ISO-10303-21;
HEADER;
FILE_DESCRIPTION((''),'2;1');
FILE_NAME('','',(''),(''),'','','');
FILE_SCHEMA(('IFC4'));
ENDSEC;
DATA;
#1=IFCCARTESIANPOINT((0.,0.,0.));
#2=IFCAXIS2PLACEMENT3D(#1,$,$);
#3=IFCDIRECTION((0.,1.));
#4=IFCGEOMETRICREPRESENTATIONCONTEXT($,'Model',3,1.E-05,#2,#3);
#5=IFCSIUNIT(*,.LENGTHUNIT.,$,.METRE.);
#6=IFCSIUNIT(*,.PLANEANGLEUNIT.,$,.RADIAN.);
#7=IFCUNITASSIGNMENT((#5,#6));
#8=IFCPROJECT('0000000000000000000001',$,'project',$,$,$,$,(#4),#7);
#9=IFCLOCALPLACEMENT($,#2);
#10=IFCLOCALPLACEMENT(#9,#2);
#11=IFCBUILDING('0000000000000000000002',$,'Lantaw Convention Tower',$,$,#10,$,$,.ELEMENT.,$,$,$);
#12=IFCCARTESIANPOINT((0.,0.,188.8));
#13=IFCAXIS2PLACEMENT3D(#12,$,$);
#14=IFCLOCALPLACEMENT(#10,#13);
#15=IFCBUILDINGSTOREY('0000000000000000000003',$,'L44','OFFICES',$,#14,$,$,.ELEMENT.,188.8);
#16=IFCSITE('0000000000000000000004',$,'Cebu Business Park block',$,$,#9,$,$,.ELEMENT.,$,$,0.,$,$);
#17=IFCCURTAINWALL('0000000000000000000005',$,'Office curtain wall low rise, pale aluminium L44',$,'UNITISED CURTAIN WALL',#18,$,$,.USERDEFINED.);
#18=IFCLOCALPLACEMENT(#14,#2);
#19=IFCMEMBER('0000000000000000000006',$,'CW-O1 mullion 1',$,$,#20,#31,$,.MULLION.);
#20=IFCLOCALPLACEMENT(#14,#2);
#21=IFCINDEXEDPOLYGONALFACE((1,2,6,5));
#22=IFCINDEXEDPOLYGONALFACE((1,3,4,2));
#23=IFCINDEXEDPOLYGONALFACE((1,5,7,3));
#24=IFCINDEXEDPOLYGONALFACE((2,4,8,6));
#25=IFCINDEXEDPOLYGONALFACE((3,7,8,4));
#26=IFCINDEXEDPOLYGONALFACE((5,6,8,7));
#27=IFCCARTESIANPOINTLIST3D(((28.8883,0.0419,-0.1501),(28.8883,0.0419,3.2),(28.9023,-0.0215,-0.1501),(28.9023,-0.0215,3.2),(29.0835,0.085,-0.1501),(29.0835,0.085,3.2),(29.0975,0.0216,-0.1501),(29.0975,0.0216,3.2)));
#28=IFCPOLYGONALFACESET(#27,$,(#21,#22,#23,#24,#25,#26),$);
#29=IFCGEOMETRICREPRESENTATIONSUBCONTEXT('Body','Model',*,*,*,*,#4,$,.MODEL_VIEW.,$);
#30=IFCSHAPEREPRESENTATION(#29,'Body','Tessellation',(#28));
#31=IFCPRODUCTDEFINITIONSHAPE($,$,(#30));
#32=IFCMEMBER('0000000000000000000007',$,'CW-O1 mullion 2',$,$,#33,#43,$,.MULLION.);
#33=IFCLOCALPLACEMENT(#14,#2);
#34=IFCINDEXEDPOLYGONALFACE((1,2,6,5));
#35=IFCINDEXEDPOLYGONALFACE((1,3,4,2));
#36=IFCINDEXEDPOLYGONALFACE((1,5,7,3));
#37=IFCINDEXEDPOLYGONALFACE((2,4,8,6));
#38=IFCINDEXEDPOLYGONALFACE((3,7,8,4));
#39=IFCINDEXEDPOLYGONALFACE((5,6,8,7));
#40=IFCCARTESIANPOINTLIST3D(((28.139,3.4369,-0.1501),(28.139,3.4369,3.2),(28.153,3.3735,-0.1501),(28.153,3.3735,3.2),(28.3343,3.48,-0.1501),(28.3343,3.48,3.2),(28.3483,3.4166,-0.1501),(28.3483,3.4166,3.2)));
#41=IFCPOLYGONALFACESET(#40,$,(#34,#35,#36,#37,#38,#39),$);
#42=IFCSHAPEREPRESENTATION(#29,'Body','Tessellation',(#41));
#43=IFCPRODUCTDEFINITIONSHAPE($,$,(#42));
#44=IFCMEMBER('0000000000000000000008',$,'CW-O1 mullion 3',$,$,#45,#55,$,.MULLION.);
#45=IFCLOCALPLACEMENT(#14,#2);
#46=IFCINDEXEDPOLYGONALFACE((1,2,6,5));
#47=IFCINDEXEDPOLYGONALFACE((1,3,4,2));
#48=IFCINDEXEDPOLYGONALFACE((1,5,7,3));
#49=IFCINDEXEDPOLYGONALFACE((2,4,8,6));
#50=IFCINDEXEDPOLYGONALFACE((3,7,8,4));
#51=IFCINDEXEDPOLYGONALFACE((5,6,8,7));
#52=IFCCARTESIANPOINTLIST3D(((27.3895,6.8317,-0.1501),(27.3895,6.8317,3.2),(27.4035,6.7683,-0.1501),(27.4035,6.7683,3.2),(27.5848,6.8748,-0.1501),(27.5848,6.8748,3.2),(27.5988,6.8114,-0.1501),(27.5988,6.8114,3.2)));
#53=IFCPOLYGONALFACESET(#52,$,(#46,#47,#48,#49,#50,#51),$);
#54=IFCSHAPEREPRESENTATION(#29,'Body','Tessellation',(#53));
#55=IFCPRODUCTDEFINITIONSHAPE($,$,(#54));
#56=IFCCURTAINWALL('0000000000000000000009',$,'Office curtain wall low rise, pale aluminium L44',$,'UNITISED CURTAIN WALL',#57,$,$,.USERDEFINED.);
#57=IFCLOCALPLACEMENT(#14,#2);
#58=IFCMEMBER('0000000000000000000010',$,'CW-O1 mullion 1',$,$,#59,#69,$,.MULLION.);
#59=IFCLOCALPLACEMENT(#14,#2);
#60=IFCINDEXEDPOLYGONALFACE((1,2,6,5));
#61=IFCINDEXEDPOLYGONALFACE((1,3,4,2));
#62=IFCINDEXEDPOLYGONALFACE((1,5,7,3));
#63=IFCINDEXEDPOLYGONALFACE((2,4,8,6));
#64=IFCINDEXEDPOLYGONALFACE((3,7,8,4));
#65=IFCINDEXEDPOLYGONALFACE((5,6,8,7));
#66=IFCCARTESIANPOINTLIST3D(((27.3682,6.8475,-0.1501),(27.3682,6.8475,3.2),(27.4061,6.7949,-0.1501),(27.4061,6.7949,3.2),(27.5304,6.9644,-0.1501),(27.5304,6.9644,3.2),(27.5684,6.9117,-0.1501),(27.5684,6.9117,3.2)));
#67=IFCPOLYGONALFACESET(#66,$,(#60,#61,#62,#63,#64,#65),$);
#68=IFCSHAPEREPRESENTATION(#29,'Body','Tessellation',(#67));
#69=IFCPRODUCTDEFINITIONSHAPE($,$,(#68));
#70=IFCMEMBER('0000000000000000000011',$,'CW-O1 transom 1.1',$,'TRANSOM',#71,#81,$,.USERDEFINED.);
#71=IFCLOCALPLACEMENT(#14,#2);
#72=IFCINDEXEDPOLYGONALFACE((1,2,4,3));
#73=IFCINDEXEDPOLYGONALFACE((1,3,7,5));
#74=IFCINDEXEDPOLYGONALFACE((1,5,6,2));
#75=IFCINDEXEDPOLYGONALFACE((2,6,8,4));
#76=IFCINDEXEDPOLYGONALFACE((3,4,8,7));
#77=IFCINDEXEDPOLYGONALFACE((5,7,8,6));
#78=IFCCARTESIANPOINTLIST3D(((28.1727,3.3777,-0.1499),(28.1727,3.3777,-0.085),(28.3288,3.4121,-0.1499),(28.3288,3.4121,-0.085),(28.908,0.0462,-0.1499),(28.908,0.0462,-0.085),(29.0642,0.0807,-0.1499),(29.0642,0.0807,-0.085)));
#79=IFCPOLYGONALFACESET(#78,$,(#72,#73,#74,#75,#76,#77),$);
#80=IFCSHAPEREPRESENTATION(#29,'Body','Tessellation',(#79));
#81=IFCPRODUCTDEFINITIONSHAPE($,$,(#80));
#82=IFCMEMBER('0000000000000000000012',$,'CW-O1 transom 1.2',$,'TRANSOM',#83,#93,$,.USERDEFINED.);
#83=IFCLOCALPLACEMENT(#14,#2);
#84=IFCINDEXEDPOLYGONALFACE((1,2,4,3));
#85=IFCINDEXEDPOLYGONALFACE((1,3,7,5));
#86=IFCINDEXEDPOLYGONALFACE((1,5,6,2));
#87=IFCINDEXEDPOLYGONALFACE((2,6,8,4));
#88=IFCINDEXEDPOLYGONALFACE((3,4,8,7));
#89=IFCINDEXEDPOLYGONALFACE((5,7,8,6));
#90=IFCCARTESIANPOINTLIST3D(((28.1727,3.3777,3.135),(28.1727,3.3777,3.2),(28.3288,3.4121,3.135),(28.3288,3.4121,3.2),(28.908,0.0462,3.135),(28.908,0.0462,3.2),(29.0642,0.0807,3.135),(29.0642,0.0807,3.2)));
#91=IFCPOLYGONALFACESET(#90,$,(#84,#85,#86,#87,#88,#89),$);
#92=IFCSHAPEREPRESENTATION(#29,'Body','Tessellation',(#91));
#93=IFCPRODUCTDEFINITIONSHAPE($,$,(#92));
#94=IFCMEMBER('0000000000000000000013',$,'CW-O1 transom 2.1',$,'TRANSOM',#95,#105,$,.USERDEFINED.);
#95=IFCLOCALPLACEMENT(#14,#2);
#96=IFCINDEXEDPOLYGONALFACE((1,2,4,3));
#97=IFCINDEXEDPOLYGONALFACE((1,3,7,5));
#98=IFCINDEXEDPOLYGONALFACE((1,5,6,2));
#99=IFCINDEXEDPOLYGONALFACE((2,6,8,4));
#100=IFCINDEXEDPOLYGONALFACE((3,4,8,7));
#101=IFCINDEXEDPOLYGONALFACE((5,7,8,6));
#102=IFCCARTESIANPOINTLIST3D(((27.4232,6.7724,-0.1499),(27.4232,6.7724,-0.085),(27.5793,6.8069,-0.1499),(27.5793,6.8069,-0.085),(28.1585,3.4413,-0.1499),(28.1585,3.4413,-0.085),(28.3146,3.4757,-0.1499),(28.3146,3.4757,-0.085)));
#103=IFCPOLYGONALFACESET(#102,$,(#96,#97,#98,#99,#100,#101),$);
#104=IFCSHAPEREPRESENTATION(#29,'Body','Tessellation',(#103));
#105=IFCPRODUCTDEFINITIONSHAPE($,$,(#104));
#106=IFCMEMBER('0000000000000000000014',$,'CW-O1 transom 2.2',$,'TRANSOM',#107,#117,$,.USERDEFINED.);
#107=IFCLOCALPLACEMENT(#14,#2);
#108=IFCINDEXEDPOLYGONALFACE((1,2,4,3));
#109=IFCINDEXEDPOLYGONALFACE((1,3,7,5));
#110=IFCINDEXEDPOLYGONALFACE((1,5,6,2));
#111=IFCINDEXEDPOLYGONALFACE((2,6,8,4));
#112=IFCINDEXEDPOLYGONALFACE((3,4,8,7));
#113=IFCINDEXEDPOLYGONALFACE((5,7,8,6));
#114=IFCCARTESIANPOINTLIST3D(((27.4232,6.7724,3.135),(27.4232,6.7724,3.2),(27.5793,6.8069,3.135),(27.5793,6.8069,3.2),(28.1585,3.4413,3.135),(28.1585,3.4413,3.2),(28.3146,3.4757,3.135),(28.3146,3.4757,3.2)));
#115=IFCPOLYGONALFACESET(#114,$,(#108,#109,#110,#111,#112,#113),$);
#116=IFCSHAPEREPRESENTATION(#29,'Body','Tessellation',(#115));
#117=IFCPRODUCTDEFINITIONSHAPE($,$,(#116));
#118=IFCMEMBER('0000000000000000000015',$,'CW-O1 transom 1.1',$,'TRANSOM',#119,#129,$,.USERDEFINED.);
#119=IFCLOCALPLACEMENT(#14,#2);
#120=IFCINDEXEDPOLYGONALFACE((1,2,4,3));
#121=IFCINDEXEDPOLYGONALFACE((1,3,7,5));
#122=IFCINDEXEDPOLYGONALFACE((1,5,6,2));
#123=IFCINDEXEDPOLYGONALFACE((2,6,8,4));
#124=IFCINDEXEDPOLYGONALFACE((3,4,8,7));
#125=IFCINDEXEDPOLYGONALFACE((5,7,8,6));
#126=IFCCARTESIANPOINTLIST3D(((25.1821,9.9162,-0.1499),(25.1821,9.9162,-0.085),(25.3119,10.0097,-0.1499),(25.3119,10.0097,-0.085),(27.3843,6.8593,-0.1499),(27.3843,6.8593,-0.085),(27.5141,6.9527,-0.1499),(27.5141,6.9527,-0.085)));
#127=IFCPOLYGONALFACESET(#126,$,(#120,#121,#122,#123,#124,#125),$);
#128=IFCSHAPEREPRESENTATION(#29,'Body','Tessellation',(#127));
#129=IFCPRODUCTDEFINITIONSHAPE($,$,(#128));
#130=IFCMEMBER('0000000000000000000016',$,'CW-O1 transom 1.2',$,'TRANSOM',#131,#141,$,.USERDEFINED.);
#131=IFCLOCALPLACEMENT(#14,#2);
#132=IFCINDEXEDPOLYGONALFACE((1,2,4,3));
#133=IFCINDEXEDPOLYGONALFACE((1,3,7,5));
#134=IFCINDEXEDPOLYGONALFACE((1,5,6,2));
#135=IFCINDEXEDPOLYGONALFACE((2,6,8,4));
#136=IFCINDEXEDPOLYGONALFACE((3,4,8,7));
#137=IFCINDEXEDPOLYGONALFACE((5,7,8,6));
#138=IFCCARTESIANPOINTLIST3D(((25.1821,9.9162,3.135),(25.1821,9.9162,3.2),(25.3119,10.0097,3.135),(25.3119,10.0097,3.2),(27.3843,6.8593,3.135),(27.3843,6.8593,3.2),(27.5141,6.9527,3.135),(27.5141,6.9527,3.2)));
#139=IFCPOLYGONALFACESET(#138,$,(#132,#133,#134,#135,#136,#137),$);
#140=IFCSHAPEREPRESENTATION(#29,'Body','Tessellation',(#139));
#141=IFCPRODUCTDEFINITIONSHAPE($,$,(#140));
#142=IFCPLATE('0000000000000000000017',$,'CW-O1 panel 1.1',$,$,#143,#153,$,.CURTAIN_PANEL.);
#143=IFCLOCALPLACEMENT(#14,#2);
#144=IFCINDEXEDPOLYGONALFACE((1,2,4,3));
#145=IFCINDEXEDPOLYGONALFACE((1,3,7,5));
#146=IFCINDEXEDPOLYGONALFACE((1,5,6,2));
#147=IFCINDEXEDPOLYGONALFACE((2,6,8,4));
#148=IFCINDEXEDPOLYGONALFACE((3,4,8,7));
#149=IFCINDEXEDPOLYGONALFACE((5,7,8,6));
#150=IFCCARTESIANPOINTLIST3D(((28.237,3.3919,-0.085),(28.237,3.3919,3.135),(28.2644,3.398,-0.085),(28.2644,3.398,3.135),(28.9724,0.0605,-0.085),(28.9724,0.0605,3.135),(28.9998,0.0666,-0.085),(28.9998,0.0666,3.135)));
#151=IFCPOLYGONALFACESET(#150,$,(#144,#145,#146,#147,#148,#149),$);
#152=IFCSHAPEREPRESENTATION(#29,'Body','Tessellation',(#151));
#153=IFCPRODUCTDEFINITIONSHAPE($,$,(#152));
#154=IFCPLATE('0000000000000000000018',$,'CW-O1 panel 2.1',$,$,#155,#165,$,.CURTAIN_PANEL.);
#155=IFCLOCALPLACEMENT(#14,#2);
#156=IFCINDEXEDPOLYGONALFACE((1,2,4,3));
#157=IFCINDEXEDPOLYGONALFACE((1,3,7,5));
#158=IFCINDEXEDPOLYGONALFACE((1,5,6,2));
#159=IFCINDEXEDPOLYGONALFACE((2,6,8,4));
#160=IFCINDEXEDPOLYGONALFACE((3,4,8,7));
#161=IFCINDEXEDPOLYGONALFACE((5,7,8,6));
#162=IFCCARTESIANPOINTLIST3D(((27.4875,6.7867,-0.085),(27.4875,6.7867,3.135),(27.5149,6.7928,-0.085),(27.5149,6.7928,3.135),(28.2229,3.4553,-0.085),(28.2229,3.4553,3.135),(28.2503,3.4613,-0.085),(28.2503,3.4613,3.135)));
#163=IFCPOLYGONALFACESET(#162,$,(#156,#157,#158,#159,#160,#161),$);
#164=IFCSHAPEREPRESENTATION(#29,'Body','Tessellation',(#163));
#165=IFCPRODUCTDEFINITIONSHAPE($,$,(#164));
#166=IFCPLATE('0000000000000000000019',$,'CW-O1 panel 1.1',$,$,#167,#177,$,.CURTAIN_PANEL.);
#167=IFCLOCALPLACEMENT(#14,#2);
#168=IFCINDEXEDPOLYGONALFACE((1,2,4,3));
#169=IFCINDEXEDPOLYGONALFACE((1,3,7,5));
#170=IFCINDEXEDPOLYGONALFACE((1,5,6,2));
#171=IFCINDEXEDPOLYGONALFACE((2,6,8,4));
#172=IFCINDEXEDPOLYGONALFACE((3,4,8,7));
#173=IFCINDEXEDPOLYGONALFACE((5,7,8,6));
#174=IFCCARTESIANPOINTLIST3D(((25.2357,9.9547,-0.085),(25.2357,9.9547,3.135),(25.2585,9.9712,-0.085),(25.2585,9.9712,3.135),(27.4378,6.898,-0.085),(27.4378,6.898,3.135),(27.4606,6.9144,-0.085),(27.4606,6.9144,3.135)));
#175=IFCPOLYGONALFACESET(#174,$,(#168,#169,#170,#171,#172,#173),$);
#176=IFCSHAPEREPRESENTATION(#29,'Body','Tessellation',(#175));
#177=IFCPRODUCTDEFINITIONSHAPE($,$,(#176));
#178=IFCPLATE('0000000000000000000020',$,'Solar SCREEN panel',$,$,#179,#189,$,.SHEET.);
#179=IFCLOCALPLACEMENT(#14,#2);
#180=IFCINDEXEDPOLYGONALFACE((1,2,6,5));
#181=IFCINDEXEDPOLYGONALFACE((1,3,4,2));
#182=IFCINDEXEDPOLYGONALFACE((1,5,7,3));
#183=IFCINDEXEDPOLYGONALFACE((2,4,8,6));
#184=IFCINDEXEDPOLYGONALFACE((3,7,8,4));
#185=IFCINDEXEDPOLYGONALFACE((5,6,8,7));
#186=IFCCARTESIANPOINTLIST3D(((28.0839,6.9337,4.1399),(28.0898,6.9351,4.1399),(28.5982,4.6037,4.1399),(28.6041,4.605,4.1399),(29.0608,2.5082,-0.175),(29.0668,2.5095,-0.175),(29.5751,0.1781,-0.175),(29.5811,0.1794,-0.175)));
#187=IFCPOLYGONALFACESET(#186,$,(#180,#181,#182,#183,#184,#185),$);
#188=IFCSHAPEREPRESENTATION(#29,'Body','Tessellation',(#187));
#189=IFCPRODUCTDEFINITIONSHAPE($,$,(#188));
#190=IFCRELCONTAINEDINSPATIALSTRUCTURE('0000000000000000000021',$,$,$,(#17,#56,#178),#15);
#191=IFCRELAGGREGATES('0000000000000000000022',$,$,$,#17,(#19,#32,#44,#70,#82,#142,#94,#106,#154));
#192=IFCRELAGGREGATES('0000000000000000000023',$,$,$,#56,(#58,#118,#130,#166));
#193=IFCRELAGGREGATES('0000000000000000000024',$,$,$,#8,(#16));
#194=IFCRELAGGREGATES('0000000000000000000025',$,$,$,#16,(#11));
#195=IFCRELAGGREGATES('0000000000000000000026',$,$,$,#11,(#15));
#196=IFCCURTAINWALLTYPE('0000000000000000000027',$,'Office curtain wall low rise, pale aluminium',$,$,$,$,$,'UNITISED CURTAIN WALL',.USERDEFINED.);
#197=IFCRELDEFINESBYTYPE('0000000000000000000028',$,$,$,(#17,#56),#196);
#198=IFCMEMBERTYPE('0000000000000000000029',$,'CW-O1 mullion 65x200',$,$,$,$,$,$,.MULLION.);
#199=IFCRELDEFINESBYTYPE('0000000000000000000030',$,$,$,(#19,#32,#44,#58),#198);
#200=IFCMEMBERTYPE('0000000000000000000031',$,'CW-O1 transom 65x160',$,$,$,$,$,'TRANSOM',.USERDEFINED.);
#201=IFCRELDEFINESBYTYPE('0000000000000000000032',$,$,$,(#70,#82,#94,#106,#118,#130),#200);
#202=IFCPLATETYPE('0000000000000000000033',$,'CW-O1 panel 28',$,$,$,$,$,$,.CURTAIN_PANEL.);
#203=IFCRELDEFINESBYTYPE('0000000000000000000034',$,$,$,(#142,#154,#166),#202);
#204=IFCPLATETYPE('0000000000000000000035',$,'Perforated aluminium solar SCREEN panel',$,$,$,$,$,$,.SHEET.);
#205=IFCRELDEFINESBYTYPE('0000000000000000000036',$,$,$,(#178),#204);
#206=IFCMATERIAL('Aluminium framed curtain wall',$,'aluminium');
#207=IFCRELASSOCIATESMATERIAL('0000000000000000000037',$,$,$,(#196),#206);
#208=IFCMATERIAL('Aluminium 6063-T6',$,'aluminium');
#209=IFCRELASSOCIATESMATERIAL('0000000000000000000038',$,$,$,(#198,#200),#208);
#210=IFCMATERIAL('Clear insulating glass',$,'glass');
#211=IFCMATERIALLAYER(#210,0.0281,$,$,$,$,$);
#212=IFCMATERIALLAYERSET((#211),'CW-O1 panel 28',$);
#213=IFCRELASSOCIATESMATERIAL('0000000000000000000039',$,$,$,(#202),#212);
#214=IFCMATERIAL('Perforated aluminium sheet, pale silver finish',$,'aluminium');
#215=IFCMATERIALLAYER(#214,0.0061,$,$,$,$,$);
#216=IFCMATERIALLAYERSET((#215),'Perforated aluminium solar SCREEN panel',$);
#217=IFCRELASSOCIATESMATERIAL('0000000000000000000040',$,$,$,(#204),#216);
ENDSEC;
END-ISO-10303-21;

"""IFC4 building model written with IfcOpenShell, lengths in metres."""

from ifc_helpers import new_model, si_unit, direction, frame, origin, origin_2d, place, context, subcontext, project, spatial, polyline, rectangle, outline, extrude, material, layer, layer_set, material_profile, profile_set, type_object, element, aggregate, save


model = new_model("IFC4")

# Units and contexts
model_context = context("Model", 3, precision=1e-05, world=origin(), true_north=direction((0.0, 1.0)))
body_context = subcontext(model_context, "Body", "Model", "MODEL_VIEW")
ifc_project = project(units=[si_unit("LENGTHUNIT", "METRE"), si_unit("PLANEANGLEUNIT", "RADIAN")], contexts=[model_context])

# Site, building, storey
site_placement = place(None, origin())
site = spatial("IfcSite", under=ifc_project, at=site_placement, Name="Cebu Business Park block", CompositionType="ELEMENT", RefElevation=0.0)
building_placement = place(site_placement, origin())
building = spatial("IfcBuilding", under=site, at=building_placement, Name="Lantaw Convention Tower", CompositionType="ELEMENT")
storey_placement = place(building_placement, frame((0.0, 0.0, 188.8)))
storey = spatial("IfcBuildingStorey", under=building, at=storey_placement, Name="L44", Description="OFFICES", CompositionType="ELEMENT", Elevation=188.8)

# Curtain wall, members
ifc_material_1 = material(Name="Aluminium framed curtain wall", Category="aluminium")
curtain_wall_type = type_object("IfcCurtainWallType", Name="Office curtain wall low rise, pale aluminium", ElementType="UNITISED CURTAIN WALL", PredefinedType="USERDEFINED", material=ifc_material_1)
curtain_wall_1_placement = place(storey_placement, origin())
curtain_wall_1 = element("IfcCurtainWall", 1, at=curtain_wall_1_placement, inside=storey, type_object=curtain_wall_type, Name="Office curtain wall low rise, pale aluminium L44", ObjectType="UNITISED CURTAIN WALL", PredefinedType="USERDEFINED")
ifc_material_2 = material(Name="Aluminium 6063-T6", Category="aluminium")
ifc_material_profile_1 = material_profile(ifc_material_2, rectangle(XDim=0.2, YDim=0.0649, at=origin_2d()), Name="CW-O1 mullion 65x200")
ifc_profile_set_1 = profile_set([ifc_material_profile_1], Name="Aluminium 6063-T6")
member_type_1 = type_object("IfcMemberType", Name="CW-O1 mullion 65x200", PredefinedType="MULLION", material=ifc_profile_set_1)
member_1_placement = place(storey_placement, frame((28.9929, 0.0317, -0.1501), z_axis=(0.0, 0.0, 1.0), x_axis=(-0.976494, -0.215546, 0.0)))
member_1 = element("IfcMember", 2, at=member_1_placement, type_object=member_type_1, Name="CW-O1 mullion 1", PredefinedType="MULLION", context=body_context, shape_type="SweptSolid", body=[
    extrude(rectangle(XDim=0.2, YDim=0.0649, at=origin_2d()), origin(), (0.0, 0.0, 1.0), 3.3501),
])
member_2_placement = place(storey_placement, frame((28.2437, 3.4268, -0.1501), z_axis=(0.0, 0.0, 1.0), x_axis=(-0.976494, -0.215546, 0.0)))
member_2 = element("IfcMember", 3, at=member_2_placement, type_object=member_type_1, Name="CW-O1 mullion 2", PredefinedType="MULLION", context=body_context, shape_type="SweptSolid", body=[
    extrude(rectangle(XDim=0.2, YDim=0.0649, at=origin_2d()), origin(), (0.0, 0.0, 1.0), 3.3501),
])
member_3_placement = place(storey_placement, frame((27.4941, 6.8215, -0.1501), z_axis=(0.0, 0.0, 1.0), x_axis=(-0.976494, -0.215546, 0.0)))
member_3 = element("IfcMember", 4, at=member_3_placement, type_object=member_type_1, Name="CW-O1 mullion 3", PredefinedType="MULLION", context=body_context, shape_type="SweptSolid", body=[
    extrude(rectangle(XDim=0.2, YDim=0.0649, at=origin_2d()), origin(), (0.0, 0.0, 1.0), 3.3501),
])

# Curtain wall, member
curtain_wall_2_placement = place(storey_placement, origin())
curtain_wall_2 = element("IfcCurtainWall", 5, at=curtain_wall_2_placement, inside=storey, type_object=curtain_wall_type, Name="Office curtain wall low rise, pale aluminium L44", ObjectType="UNITISED CURTAIN WALL", PredefinedType="USERDEFINED")
member_4_placement = place(storey_placement, frame((27.4683, 6.8796, -0.1501), z_axis=(0.0, 0.0, 1.0), x_axis=(-0.811385, -0.584513, 0.0)))
member_4 = element("IfcMember", 6, at=member_4_placement, type_object=member_type_1, Name="CW-O1 mullion 1", PredefinedType="MULLION", context=body_context, shape_type="SweptSolid", body=[
    extrude(rectangle(XDim=0.2, YDim=0.0649, at=origin_2d()), origin(), (0.0, 0.0, 1.0), 3.3501),
])

# Members
ifc_material_profile_2 = material_profile(ifc_material_2, rectangle(XDim=0.1599, YDim=0.0649, at=origin_2d()), Name="CW-O1 transom 65x160")
ifc_profile_set_2 = profile_set([ifc_material_profile_2], Name="Aluminium 6063-T6")
member_type_2 = type_object("IfcMemberType", Name="CW-O1 transom 65x160", ElementType="TRANSOM", PredefinedType="USERDEFINED", material=ifc_profile_set_2)
member_5_placement = place(storey_placement, frame((28.9861, 0.0635, -0.1174), z_axis=(-0.215536, 0.976496, 0.0), x_axis=(-0.976496, -0.215536, 0.0)))
member_5 = element("IfcMember", 7, at=member_5_placement, type_object=member_type_2, Name="CW-O1 transom 1.1", ObjectType="TRANSOM", PredefinedType="USERDEFINED", context=body_context, shape_type="SweptSolid", body=[
    extrude(rectangle(XDim=0.1599, YDim=0.0649, at=origin_2d()), origin(), (0.0, 0.0, 1.0), 3.4116),
])
member_6_placement = place(storey_placement, frame((28.9861, 0.0635, 3.1675), z_axis=(-0.215536, 0.976496, 0.0), x_axis=(-0.976496, -0.215536, 0.0)))
member_6 = element("IfcMember", 8, at=member_6_placement, type_object=member_type_2, Name="CW-O1 transom 1.2", ObjectType="TRANSOM", PredefinedType="USERDEFINED", context=body_context, shape_type="SweptSolid", body=[
    extrude(rectangle(XDim=0.1599, YDim=0.0649, at=origin_2d()), origin(), (0.0, 0.0, 1.0), 3.4116),
])
member_7_placement = place(storey_placement, frame((28.2366, 3.4585, -0.1174), z_axis=(-0.215551, 0.976493, 0.0), x_axis=(-0.976493, -0.215551, 0.0)))
member_7 = element("IfcMember", 9, at=member_7_placement, type_object=member_type_2, Name="CW-O1 transom 2.1", ObjectType="TRANSOM", PredefinedType="USERDEFINED", context=body_context, shape_type="SweptSolid", body=[
    extrude(rectangle(XDim=0.1599, YDim=0.0649, at=origin_2d()), origin(), (0.0, 0.0, 1.0), 3.4114),
])
member_8_placement = place(storey_placement, frame((28.2366, 3.4585, 3.1675), z_axis=(-0.215551, 0.976493, 0.0), x_axis=(-0.976493, -0.215551, 0.0)))
member_8 = element("IfcMember", 10, at=member_8_placement, type_object=member_type_2, Name="CW-O1 transom 2.2", ObjectType="TRANSOM", PredefinedType="USERDEFINED", context=body_context, shape_type="SweptSolid", body=[
    extrude(rectangle(XDim=0.1599, YDim=0.0649, at=origin_2d()), origin(), (0.0, 0.0, 1.0), 3.4114),
])
member_9_placement = place(storey_placement, frame((27.4492, 6.906, -0.1174), z_axis=(-0.584513, 0.811384, 0.0), x_axis=(-0.811384, -0.584513, 0.0)))
member_9 = element("IfcMember", 11, at=member_9_placement, type_object=member_type_2, Name="CW-O1 transom 1.1", ObjectType="TRANSOM", PredefinedType="USERDEFINED", context=body_context, shape_type="SweptSolid", body=[
    extrude(rectangle(XDim=0.1599, YDim=0.0649, at=origin_2d()), origin(), (0.0, 0.0, 1.0), 3.7676),
])
member_10_placement = place(storey_placement, frame((27.4492, 6.906, 3.1675), z_axis=(-0.584513, 0.811384, 0.0), x_axis=(-0.811384, -0.584513, 0.0)))
member_10 = element("IfcMember", 12, at=member_10_placement, type_object=member_type_2, Name="CW-O1 transom 1.2", ObjectType="TRANSOM", PredefinedType="USERDEFINED", context=body_context, shape_type="SweptSolid", body=[
    extrude(rectangle(XDim=0.1599, YDim=0.0649, at=origin_2d()), origin(), (0.0, 0.0, 1.0), 3.7676),
])

# Plates
ifc_material_3 = material(Name="Clear insulating glass", Category="glass")
ifc_layer_1 = layer(ifc_material_3, 0.0281)
ifc_layer_set_1 = layer_set([ifc_layer_1], Name="CW-O1 panel 28")
plate_type_1 = type_object("IfcPlateType", Name="CW-O1 panel 28", PredefinedType="CURTAIN_PANEL", material=ifc_layer_set_1)
plate_1_placement = place(storey_placement, frame((28.6184, 1.7292, -0.085), z_axis=(0.0, 0.0, 1.0), x_axis=(-0.215546, 0.976494, 0.0)))
plate_1 = element("IfcPlate", 13, at=plate_1_placement, type_object=plate_type_1, Name="CW-O1 panel 1.1", PredefinedType="CURTAIN_PANEL", context=body_context, shape_type="SweptSolid", body=[
    extrude(rectangle(XDim=3.4116, YDim=0.0281, at=origin_2d()), origin(), (0.0, 0.0, 1.0), 3.22),
])
plate_2_placement = place(storey_placement, frame((27.8689, 5.124, -0.085), z_axis=(0.0, 0.0, 1.0), x_axis=(-0.215546, 0.976494, 0.0)))
plate_2 = element("IfcPlate", 14, at=plate_2_placement, type_object=plate_type_1, Name="CW-O1 panel 2.1", PredefinedType="CURTAIN_PANEL", context=body_context, shape_type="SweptSolid", body=[
    extrude(rectangle(XDim=3.4116, YDim=0.0281, at=origin_2d()), origin(), (0.0, 0.0, 1.0), 3.22),
])
aggregate(curtain_wall_1, [member_1, member_2, member_3, member_5, member_6, plate_1, member_7, member_8, plate_2])
plate_3_placement = place(storey_placement, frame((26.3481, 8.4346, -0.085), z_axis=(0.0, 0.0, 1.0), x_axis=(-0.584513, 0.811385, 0.0)))
plate_3 = element("IfcPlate", 15, at=plate_3_placement, type_object=plate_type_1, Name="CW-O1 panel 1.1", PredefinedType="CURTAIN_PANEL", context=body_context, shape_type="SweptSolid", body=[
    extrude(rectangle(XDim=3.7673, YDim=0.0281, at=origin_2d()), origin(), (0.0, 0.0, 1.0), 3.22),
])
aggregate(curtain_wall_2, [member_4, member_9, member_10, plate_3])

# Plate
ifc_material_4 = material(Name="Perforated aluminium sheet, pale silver finish", Category="aluminium")
ifc_layer_2 = layer(ifc_material_4, 0.0061)
ifc_layer_set_2 = layer_set([ifc_layer_2], Name="Perforated aluminium solar SCREEN panel")
plate_type_2 = type_object("IfcPlateType", Name="Perforated aluminium solar SCREEN panel", PredefinedType="SHEET", material=ifc_layer_set_2)
plate_4_placement = place(storey_placement, frame((29.5811, 0.1794, -0.175), z_axis=(0.976498, 0.215527, 0.000034), x_axis=(-0.215527, 0.976498, 0.0)))
element("IfcPlate", 16, at=plate_4_placement, inside=storey, type_object=plate_type_2, Name="Solar SCREEN panel", PredefinedType="SHEET", context=body_context, shape_type="SweptSolid", body=[
    extrude(outline(polyline([(0.0, 0.0), (2.3862, 0.0), (6.9182, 4.3149), (4.5321, 4.3149), (0.0, 0.0)])), origin(), (0.0, 0.0, -1.0), 0.0061),
])

save(model, "model.ifc")
